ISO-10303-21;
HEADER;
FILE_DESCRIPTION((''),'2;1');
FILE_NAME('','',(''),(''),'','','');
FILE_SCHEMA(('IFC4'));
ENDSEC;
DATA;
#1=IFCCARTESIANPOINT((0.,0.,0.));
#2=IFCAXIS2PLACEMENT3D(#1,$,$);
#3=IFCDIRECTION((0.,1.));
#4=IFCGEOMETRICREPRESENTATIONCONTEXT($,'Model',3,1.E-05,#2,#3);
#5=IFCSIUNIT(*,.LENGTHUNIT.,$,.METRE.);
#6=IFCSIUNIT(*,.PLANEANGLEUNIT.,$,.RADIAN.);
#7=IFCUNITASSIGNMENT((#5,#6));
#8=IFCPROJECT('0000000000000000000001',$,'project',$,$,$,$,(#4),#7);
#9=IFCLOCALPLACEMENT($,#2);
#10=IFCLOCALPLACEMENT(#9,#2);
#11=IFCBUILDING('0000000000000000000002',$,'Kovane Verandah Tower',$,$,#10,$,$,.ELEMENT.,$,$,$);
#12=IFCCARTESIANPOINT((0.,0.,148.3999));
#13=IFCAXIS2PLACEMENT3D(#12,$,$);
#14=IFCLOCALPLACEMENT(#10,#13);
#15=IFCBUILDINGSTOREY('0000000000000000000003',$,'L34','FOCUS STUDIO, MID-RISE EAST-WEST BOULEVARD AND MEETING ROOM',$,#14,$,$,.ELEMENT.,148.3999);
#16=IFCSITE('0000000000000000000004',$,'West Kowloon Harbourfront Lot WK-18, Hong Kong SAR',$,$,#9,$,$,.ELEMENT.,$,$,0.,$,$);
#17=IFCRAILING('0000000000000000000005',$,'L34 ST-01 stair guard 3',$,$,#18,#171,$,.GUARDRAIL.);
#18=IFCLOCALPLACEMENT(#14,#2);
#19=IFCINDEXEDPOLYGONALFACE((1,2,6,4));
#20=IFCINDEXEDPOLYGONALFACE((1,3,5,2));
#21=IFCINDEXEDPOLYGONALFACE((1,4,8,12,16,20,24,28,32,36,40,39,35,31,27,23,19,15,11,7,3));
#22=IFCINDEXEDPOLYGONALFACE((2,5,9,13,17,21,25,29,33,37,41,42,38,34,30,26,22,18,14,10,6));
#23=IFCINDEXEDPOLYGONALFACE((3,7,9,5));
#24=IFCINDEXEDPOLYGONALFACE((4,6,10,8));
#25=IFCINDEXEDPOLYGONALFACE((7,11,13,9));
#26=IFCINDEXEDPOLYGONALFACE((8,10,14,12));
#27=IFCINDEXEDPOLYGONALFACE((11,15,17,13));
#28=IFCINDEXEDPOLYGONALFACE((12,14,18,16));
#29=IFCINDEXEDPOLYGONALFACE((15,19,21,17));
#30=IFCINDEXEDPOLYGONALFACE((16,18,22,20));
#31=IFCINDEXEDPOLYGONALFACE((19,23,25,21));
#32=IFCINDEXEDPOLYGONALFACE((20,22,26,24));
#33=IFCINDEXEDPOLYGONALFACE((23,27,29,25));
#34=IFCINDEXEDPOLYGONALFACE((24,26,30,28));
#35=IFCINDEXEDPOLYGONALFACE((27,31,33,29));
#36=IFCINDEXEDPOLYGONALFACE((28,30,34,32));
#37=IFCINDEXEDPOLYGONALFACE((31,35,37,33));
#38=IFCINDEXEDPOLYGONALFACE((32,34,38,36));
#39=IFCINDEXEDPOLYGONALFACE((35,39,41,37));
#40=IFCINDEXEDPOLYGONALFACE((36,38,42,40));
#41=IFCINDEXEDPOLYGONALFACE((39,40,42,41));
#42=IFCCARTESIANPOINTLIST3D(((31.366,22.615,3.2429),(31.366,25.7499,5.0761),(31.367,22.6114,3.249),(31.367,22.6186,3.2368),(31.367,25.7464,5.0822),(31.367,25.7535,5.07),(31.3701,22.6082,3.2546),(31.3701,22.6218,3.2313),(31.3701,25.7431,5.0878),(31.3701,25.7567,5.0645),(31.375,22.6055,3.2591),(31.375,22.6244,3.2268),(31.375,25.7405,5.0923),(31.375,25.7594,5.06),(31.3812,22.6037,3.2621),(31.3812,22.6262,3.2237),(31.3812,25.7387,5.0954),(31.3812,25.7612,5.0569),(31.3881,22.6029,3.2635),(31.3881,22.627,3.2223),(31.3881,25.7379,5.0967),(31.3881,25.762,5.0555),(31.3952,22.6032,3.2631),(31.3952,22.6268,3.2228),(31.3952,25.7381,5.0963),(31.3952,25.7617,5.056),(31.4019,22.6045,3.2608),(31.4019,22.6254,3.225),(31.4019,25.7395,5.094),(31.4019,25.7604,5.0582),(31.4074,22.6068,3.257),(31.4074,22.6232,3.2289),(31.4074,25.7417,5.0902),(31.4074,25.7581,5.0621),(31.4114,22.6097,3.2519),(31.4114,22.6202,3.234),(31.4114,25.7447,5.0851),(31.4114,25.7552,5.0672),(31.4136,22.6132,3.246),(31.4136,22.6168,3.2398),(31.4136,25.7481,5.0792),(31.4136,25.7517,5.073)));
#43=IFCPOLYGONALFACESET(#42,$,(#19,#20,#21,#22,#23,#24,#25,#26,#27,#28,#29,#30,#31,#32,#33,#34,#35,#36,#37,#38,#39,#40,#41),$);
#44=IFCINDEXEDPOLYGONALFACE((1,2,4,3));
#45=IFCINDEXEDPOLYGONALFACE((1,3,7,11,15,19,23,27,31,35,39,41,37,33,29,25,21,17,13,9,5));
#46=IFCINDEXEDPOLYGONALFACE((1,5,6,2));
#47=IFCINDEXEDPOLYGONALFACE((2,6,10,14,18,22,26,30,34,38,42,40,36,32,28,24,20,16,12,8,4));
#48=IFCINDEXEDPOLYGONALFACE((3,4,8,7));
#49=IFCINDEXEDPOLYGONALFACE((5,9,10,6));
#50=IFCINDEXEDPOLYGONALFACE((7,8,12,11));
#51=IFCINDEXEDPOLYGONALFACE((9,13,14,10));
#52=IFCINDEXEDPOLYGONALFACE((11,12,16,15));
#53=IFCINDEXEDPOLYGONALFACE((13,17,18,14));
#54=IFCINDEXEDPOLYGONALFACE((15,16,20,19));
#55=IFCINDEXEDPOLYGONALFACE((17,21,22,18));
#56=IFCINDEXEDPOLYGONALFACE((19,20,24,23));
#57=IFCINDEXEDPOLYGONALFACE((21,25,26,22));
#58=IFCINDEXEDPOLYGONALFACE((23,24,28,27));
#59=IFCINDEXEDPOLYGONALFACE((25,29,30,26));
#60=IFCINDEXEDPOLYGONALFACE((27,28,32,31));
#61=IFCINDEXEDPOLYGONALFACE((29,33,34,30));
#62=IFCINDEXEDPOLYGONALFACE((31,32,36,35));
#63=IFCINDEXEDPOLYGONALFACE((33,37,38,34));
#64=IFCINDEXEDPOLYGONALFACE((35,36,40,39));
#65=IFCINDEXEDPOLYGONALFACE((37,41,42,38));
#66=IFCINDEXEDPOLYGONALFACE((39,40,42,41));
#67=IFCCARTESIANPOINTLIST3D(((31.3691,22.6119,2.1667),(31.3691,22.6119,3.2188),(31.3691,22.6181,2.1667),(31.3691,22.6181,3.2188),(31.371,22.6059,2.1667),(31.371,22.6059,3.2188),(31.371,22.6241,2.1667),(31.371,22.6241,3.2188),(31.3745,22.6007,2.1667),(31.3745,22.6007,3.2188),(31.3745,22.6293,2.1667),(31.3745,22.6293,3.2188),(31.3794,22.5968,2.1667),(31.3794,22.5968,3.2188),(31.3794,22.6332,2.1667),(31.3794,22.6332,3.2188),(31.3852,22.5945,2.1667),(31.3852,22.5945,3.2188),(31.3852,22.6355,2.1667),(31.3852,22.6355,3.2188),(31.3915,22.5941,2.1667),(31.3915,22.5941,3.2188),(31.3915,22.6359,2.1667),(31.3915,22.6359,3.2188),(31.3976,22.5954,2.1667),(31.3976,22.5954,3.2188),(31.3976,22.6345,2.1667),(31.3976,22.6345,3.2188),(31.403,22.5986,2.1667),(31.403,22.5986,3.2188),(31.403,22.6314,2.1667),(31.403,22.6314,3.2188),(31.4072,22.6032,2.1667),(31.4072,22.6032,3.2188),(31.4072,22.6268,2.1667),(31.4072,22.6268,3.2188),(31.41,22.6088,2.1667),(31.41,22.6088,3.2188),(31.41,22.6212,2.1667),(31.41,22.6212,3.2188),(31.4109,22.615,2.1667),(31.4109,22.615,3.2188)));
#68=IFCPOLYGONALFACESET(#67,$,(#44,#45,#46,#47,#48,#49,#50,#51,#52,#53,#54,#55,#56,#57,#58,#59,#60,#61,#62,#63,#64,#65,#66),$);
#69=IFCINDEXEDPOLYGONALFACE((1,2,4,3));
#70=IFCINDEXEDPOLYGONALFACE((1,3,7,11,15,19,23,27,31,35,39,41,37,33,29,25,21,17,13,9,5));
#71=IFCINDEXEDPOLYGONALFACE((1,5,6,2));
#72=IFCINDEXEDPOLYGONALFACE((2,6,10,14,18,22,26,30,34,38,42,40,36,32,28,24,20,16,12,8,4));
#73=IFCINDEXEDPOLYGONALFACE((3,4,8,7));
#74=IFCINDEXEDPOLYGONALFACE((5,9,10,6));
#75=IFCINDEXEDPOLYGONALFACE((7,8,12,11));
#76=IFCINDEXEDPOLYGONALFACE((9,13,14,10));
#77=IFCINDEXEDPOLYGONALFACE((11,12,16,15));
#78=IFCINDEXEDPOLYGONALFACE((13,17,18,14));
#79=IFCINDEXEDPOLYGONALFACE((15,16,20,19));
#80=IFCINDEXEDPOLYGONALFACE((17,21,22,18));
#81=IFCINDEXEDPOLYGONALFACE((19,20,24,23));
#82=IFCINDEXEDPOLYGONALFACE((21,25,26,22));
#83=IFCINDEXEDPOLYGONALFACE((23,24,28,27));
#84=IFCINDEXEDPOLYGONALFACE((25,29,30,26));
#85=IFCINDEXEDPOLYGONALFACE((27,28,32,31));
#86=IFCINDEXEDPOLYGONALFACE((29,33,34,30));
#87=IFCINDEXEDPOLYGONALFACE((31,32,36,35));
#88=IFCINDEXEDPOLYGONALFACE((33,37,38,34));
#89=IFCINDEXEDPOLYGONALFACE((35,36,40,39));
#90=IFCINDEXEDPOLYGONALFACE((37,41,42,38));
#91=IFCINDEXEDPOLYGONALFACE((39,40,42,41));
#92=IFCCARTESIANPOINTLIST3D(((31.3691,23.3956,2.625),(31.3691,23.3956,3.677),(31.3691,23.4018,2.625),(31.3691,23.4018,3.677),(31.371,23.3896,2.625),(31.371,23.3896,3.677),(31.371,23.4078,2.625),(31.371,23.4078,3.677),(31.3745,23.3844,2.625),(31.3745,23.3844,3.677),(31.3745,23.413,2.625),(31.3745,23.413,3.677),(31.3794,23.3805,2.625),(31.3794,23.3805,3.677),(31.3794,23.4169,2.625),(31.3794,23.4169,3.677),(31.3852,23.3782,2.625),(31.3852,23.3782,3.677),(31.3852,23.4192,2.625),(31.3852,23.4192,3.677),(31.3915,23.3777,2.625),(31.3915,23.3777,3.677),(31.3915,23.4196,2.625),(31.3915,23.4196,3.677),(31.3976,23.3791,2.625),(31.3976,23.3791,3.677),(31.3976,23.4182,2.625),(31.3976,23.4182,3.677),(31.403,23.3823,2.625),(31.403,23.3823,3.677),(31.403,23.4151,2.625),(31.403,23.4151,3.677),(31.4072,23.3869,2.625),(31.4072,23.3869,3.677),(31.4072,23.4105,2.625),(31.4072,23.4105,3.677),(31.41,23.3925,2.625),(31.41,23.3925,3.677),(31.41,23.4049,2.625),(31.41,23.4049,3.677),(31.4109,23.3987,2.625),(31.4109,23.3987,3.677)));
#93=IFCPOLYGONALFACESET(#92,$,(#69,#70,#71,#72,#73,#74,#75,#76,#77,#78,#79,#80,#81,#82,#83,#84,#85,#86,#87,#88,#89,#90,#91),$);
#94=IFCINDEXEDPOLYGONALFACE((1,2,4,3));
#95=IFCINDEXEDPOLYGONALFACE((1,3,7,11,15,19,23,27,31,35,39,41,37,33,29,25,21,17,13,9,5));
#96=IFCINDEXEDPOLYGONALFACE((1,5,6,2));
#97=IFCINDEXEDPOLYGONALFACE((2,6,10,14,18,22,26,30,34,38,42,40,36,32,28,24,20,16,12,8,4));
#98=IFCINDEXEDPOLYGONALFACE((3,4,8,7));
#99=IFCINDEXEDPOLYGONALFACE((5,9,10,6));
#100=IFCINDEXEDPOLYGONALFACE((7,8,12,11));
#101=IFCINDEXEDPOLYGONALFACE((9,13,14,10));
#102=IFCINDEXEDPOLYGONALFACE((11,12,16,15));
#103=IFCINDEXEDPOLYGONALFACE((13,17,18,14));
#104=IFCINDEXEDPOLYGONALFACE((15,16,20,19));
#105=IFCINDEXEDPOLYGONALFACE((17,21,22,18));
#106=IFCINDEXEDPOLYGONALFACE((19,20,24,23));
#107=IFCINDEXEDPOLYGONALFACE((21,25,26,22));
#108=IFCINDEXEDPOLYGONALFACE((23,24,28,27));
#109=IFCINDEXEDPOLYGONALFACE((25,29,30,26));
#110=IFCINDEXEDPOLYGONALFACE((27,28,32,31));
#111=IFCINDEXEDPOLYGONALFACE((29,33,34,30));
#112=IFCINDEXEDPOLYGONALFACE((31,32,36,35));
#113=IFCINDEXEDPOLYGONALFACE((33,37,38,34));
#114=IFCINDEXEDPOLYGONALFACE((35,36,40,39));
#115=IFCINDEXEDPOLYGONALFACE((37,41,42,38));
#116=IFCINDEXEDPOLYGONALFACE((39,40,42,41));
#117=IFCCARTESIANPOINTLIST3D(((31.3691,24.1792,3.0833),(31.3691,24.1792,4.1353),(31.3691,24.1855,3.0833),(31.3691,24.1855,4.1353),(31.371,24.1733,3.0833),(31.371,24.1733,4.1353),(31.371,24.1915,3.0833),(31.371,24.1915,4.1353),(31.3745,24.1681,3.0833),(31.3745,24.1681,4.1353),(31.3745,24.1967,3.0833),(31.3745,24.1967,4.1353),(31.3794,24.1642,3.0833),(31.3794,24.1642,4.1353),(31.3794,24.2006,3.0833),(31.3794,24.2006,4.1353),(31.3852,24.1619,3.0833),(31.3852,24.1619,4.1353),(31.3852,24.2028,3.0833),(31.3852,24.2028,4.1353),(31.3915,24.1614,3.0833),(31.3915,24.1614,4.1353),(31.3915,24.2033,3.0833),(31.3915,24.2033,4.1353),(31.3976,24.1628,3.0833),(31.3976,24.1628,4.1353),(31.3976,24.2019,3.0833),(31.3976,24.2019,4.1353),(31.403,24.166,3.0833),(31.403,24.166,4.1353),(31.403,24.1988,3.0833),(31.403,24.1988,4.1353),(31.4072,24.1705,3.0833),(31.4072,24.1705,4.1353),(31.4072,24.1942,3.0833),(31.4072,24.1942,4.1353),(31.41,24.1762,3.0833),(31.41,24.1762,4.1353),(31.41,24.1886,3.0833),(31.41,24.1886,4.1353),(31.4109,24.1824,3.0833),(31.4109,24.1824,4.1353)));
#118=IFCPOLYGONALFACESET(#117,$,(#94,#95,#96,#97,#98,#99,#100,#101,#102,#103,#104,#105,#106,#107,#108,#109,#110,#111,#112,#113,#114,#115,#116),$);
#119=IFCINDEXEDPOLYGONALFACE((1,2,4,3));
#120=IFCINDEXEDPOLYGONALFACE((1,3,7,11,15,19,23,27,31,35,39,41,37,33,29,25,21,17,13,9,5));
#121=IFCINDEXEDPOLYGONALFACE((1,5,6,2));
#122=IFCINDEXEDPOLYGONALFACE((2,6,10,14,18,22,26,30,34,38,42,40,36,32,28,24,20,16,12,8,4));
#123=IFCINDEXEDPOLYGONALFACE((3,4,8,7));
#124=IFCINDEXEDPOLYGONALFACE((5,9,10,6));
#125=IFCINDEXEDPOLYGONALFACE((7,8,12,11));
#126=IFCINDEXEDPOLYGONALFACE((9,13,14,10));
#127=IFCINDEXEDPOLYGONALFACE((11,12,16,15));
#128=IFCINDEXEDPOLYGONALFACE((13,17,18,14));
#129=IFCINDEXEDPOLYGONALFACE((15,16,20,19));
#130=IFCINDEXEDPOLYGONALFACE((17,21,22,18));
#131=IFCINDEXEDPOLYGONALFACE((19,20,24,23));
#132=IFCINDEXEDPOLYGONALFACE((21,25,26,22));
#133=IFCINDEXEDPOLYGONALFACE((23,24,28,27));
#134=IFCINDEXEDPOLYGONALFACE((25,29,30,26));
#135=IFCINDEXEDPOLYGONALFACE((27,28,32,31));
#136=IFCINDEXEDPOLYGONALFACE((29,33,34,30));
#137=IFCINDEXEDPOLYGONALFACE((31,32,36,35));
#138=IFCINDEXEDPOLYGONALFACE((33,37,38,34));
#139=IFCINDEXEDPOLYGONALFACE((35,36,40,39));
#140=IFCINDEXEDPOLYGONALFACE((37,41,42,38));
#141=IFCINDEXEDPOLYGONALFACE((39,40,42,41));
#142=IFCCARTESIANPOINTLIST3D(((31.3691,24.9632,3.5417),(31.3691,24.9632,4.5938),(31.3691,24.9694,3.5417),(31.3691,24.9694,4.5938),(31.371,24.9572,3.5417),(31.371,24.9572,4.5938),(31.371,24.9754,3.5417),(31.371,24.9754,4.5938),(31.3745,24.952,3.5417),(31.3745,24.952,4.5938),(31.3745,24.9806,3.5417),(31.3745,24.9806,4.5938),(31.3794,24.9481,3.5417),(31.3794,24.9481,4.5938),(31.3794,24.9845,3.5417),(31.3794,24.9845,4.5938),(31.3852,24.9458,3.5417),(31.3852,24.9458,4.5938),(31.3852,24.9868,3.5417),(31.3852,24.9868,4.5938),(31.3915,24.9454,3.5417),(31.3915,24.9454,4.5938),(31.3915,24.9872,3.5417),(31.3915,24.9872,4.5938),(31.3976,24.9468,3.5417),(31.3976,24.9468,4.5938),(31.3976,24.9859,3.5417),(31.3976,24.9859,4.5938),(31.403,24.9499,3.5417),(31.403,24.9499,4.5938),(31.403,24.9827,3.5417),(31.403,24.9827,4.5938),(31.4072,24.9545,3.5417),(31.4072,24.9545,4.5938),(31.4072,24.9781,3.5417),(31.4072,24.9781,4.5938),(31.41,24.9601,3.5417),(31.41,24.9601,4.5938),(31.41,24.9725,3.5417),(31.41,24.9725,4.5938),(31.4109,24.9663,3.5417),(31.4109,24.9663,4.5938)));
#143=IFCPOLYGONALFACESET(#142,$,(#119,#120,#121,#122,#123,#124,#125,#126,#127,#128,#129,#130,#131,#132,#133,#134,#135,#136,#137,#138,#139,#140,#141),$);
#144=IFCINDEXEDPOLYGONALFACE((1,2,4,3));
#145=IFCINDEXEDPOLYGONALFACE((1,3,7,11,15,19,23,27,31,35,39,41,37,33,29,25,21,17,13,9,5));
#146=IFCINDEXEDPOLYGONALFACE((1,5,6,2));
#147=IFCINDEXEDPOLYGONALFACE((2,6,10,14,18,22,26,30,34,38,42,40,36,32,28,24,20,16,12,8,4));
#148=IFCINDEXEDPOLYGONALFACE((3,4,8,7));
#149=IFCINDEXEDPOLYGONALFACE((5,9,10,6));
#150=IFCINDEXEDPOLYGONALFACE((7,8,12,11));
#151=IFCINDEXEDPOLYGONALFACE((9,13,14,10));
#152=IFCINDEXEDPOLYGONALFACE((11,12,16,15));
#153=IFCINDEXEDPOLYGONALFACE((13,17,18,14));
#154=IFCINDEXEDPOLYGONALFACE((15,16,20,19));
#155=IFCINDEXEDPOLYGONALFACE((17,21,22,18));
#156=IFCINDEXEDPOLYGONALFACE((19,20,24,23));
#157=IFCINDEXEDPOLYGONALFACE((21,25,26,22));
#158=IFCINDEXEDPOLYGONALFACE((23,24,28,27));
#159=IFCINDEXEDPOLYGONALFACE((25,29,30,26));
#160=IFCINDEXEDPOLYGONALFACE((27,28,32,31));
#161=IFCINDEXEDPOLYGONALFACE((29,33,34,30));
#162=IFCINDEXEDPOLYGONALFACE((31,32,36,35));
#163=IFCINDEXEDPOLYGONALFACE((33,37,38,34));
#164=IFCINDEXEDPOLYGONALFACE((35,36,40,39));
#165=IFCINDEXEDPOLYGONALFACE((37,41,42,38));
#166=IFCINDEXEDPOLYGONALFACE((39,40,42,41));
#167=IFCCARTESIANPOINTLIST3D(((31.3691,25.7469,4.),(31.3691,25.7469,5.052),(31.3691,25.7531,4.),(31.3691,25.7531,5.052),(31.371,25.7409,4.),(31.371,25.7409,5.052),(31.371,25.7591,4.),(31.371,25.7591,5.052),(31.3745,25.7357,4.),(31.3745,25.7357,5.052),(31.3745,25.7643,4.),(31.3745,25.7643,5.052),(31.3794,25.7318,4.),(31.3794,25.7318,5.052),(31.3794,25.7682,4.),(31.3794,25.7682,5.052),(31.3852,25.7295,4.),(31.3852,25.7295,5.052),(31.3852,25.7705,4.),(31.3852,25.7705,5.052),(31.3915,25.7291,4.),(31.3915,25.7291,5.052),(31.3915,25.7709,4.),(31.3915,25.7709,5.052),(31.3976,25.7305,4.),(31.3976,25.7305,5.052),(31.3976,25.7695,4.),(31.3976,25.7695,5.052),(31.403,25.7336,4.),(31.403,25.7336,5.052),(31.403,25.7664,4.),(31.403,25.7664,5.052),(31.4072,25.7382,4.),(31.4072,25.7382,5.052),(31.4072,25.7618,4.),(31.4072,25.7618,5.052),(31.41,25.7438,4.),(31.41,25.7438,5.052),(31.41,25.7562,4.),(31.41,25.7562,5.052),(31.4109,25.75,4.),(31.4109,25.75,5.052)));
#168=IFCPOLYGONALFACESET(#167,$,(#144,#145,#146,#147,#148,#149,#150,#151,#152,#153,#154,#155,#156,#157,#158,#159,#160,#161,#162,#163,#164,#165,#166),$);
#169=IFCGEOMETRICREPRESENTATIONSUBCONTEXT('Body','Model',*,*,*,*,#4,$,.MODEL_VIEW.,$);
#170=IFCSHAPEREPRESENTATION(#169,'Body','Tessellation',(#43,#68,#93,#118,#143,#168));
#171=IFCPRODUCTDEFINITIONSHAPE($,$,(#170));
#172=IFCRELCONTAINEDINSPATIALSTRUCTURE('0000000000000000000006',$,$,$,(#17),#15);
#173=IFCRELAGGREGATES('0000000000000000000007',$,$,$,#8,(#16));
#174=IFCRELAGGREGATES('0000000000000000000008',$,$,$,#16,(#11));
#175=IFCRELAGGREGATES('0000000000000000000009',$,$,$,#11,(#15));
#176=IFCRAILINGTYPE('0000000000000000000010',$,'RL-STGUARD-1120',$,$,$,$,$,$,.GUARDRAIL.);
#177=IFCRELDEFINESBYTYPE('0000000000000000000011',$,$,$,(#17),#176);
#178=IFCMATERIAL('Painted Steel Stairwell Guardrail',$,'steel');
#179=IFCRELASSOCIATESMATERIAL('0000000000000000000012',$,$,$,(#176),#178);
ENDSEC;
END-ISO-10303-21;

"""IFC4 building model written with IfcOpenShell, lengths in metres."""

from ifc_helpers import new_model, si_unit, direction, frame, origin, origin_2d, place, context, subcontext, project, spatial, circle, extrude, material, type_object, element, save


model = new_model("IFC4")

# Units and contexts
model_context = context("Model", 3, precision=1e-05, world=origin(), true_north=direction((0.0, 1.0)))
body_context = subcontext(model_context, "Body", "Model", "MODEL_VIEW")
ifc_project = project(units=[si_unit("LENGTHUNIT", "METRE"), si_unit("PLANEANGLEUNIT", "RADIAN")], contexts=[model_context])

# Site, building, storey
site_placement = place(None, origin())
site = spatial("IfcSite", under=ifc_project, at=site_placement, Name="West Kowloon Harbourfront Lot WK-18, Hong Kong SAR", CompositionType="ELEMENT", RefElevation=0.0)
building_placement = place(site_placement, origin())
building = spatial("IfcBuilding", under=site, at=building_placement, Name="Kovane Verandah Tower", CompositionType="ELEMENT")
storey_placement = place(building_placement, frame((0.0, 0.0, 148.3999)))
storey = spatial("IfcBuildingStorey", under=building, at=storey_placement, Name="L34", Description="FOCUS STUDIO, MID-RISE EAST-WEST BOULEVARD AND MEETING ROOM", CompositionType="ELEMENT", Elevation=148.3999)

# Railing
ifc_material_1 = material(Name="Painted Steel Stairwell Guardrail", Category="steel")
railing_type_1 = type_object("IfcRailingType", Name="RL-STGUARD-1120", PredefinedType="GUARDRAIL", material=ifc_material_1)
railing_1_placement = place(storey_placement, frame((31.3899, 22.615, 2.1667)))
element("IfcRailing", 1, at=railing_1_placement, inside=storey, type_object=railing_type_1, Name="L34 ST-01 stair guard 3", PredefinedType="GUARDRAIL", context=body_context, shape_type="SweptSolid", body=[
    extrude(circle(Radius=0.0239, at=origin_2d()), frame((0.0, 0.0, 1.0762), z_axis=(0.0, 0.86324, 0.504794), x_axis=(-1.0, 0.0, 0.0)), (0.0, 0.0, 1.0), 3.6316),
    extrude(circle(Radius=0.021, at=origin_2d()), origin(), (0.0, 0.0, 1.0), 1.052),
    extrude(circle(Radius=0.021, at=origin_2d()), frame((0.0, 0.7837, 0.4583)), (0.0, 0.0, 1.0), 1.052),
    extrude(circle(Radius=0.021, at=origin_2d()), frame((0.0, 1.5674, 0.9165)), (0.0, 0.0, 1.0), 1.052),
    extrude(circle(Radius=0.021, at=origin_2d()), frame((0.0, 2.3513, 1.375)), (0.0, 0.0, 1.0), 1.052),
    extrude(circle(Radius=0.021, at=origin_2d()), frame((0.0, 3.135, 1.8333)), (0.0, 0.0, 1.0), 1.052),
])

save(model, "model.ifc")
